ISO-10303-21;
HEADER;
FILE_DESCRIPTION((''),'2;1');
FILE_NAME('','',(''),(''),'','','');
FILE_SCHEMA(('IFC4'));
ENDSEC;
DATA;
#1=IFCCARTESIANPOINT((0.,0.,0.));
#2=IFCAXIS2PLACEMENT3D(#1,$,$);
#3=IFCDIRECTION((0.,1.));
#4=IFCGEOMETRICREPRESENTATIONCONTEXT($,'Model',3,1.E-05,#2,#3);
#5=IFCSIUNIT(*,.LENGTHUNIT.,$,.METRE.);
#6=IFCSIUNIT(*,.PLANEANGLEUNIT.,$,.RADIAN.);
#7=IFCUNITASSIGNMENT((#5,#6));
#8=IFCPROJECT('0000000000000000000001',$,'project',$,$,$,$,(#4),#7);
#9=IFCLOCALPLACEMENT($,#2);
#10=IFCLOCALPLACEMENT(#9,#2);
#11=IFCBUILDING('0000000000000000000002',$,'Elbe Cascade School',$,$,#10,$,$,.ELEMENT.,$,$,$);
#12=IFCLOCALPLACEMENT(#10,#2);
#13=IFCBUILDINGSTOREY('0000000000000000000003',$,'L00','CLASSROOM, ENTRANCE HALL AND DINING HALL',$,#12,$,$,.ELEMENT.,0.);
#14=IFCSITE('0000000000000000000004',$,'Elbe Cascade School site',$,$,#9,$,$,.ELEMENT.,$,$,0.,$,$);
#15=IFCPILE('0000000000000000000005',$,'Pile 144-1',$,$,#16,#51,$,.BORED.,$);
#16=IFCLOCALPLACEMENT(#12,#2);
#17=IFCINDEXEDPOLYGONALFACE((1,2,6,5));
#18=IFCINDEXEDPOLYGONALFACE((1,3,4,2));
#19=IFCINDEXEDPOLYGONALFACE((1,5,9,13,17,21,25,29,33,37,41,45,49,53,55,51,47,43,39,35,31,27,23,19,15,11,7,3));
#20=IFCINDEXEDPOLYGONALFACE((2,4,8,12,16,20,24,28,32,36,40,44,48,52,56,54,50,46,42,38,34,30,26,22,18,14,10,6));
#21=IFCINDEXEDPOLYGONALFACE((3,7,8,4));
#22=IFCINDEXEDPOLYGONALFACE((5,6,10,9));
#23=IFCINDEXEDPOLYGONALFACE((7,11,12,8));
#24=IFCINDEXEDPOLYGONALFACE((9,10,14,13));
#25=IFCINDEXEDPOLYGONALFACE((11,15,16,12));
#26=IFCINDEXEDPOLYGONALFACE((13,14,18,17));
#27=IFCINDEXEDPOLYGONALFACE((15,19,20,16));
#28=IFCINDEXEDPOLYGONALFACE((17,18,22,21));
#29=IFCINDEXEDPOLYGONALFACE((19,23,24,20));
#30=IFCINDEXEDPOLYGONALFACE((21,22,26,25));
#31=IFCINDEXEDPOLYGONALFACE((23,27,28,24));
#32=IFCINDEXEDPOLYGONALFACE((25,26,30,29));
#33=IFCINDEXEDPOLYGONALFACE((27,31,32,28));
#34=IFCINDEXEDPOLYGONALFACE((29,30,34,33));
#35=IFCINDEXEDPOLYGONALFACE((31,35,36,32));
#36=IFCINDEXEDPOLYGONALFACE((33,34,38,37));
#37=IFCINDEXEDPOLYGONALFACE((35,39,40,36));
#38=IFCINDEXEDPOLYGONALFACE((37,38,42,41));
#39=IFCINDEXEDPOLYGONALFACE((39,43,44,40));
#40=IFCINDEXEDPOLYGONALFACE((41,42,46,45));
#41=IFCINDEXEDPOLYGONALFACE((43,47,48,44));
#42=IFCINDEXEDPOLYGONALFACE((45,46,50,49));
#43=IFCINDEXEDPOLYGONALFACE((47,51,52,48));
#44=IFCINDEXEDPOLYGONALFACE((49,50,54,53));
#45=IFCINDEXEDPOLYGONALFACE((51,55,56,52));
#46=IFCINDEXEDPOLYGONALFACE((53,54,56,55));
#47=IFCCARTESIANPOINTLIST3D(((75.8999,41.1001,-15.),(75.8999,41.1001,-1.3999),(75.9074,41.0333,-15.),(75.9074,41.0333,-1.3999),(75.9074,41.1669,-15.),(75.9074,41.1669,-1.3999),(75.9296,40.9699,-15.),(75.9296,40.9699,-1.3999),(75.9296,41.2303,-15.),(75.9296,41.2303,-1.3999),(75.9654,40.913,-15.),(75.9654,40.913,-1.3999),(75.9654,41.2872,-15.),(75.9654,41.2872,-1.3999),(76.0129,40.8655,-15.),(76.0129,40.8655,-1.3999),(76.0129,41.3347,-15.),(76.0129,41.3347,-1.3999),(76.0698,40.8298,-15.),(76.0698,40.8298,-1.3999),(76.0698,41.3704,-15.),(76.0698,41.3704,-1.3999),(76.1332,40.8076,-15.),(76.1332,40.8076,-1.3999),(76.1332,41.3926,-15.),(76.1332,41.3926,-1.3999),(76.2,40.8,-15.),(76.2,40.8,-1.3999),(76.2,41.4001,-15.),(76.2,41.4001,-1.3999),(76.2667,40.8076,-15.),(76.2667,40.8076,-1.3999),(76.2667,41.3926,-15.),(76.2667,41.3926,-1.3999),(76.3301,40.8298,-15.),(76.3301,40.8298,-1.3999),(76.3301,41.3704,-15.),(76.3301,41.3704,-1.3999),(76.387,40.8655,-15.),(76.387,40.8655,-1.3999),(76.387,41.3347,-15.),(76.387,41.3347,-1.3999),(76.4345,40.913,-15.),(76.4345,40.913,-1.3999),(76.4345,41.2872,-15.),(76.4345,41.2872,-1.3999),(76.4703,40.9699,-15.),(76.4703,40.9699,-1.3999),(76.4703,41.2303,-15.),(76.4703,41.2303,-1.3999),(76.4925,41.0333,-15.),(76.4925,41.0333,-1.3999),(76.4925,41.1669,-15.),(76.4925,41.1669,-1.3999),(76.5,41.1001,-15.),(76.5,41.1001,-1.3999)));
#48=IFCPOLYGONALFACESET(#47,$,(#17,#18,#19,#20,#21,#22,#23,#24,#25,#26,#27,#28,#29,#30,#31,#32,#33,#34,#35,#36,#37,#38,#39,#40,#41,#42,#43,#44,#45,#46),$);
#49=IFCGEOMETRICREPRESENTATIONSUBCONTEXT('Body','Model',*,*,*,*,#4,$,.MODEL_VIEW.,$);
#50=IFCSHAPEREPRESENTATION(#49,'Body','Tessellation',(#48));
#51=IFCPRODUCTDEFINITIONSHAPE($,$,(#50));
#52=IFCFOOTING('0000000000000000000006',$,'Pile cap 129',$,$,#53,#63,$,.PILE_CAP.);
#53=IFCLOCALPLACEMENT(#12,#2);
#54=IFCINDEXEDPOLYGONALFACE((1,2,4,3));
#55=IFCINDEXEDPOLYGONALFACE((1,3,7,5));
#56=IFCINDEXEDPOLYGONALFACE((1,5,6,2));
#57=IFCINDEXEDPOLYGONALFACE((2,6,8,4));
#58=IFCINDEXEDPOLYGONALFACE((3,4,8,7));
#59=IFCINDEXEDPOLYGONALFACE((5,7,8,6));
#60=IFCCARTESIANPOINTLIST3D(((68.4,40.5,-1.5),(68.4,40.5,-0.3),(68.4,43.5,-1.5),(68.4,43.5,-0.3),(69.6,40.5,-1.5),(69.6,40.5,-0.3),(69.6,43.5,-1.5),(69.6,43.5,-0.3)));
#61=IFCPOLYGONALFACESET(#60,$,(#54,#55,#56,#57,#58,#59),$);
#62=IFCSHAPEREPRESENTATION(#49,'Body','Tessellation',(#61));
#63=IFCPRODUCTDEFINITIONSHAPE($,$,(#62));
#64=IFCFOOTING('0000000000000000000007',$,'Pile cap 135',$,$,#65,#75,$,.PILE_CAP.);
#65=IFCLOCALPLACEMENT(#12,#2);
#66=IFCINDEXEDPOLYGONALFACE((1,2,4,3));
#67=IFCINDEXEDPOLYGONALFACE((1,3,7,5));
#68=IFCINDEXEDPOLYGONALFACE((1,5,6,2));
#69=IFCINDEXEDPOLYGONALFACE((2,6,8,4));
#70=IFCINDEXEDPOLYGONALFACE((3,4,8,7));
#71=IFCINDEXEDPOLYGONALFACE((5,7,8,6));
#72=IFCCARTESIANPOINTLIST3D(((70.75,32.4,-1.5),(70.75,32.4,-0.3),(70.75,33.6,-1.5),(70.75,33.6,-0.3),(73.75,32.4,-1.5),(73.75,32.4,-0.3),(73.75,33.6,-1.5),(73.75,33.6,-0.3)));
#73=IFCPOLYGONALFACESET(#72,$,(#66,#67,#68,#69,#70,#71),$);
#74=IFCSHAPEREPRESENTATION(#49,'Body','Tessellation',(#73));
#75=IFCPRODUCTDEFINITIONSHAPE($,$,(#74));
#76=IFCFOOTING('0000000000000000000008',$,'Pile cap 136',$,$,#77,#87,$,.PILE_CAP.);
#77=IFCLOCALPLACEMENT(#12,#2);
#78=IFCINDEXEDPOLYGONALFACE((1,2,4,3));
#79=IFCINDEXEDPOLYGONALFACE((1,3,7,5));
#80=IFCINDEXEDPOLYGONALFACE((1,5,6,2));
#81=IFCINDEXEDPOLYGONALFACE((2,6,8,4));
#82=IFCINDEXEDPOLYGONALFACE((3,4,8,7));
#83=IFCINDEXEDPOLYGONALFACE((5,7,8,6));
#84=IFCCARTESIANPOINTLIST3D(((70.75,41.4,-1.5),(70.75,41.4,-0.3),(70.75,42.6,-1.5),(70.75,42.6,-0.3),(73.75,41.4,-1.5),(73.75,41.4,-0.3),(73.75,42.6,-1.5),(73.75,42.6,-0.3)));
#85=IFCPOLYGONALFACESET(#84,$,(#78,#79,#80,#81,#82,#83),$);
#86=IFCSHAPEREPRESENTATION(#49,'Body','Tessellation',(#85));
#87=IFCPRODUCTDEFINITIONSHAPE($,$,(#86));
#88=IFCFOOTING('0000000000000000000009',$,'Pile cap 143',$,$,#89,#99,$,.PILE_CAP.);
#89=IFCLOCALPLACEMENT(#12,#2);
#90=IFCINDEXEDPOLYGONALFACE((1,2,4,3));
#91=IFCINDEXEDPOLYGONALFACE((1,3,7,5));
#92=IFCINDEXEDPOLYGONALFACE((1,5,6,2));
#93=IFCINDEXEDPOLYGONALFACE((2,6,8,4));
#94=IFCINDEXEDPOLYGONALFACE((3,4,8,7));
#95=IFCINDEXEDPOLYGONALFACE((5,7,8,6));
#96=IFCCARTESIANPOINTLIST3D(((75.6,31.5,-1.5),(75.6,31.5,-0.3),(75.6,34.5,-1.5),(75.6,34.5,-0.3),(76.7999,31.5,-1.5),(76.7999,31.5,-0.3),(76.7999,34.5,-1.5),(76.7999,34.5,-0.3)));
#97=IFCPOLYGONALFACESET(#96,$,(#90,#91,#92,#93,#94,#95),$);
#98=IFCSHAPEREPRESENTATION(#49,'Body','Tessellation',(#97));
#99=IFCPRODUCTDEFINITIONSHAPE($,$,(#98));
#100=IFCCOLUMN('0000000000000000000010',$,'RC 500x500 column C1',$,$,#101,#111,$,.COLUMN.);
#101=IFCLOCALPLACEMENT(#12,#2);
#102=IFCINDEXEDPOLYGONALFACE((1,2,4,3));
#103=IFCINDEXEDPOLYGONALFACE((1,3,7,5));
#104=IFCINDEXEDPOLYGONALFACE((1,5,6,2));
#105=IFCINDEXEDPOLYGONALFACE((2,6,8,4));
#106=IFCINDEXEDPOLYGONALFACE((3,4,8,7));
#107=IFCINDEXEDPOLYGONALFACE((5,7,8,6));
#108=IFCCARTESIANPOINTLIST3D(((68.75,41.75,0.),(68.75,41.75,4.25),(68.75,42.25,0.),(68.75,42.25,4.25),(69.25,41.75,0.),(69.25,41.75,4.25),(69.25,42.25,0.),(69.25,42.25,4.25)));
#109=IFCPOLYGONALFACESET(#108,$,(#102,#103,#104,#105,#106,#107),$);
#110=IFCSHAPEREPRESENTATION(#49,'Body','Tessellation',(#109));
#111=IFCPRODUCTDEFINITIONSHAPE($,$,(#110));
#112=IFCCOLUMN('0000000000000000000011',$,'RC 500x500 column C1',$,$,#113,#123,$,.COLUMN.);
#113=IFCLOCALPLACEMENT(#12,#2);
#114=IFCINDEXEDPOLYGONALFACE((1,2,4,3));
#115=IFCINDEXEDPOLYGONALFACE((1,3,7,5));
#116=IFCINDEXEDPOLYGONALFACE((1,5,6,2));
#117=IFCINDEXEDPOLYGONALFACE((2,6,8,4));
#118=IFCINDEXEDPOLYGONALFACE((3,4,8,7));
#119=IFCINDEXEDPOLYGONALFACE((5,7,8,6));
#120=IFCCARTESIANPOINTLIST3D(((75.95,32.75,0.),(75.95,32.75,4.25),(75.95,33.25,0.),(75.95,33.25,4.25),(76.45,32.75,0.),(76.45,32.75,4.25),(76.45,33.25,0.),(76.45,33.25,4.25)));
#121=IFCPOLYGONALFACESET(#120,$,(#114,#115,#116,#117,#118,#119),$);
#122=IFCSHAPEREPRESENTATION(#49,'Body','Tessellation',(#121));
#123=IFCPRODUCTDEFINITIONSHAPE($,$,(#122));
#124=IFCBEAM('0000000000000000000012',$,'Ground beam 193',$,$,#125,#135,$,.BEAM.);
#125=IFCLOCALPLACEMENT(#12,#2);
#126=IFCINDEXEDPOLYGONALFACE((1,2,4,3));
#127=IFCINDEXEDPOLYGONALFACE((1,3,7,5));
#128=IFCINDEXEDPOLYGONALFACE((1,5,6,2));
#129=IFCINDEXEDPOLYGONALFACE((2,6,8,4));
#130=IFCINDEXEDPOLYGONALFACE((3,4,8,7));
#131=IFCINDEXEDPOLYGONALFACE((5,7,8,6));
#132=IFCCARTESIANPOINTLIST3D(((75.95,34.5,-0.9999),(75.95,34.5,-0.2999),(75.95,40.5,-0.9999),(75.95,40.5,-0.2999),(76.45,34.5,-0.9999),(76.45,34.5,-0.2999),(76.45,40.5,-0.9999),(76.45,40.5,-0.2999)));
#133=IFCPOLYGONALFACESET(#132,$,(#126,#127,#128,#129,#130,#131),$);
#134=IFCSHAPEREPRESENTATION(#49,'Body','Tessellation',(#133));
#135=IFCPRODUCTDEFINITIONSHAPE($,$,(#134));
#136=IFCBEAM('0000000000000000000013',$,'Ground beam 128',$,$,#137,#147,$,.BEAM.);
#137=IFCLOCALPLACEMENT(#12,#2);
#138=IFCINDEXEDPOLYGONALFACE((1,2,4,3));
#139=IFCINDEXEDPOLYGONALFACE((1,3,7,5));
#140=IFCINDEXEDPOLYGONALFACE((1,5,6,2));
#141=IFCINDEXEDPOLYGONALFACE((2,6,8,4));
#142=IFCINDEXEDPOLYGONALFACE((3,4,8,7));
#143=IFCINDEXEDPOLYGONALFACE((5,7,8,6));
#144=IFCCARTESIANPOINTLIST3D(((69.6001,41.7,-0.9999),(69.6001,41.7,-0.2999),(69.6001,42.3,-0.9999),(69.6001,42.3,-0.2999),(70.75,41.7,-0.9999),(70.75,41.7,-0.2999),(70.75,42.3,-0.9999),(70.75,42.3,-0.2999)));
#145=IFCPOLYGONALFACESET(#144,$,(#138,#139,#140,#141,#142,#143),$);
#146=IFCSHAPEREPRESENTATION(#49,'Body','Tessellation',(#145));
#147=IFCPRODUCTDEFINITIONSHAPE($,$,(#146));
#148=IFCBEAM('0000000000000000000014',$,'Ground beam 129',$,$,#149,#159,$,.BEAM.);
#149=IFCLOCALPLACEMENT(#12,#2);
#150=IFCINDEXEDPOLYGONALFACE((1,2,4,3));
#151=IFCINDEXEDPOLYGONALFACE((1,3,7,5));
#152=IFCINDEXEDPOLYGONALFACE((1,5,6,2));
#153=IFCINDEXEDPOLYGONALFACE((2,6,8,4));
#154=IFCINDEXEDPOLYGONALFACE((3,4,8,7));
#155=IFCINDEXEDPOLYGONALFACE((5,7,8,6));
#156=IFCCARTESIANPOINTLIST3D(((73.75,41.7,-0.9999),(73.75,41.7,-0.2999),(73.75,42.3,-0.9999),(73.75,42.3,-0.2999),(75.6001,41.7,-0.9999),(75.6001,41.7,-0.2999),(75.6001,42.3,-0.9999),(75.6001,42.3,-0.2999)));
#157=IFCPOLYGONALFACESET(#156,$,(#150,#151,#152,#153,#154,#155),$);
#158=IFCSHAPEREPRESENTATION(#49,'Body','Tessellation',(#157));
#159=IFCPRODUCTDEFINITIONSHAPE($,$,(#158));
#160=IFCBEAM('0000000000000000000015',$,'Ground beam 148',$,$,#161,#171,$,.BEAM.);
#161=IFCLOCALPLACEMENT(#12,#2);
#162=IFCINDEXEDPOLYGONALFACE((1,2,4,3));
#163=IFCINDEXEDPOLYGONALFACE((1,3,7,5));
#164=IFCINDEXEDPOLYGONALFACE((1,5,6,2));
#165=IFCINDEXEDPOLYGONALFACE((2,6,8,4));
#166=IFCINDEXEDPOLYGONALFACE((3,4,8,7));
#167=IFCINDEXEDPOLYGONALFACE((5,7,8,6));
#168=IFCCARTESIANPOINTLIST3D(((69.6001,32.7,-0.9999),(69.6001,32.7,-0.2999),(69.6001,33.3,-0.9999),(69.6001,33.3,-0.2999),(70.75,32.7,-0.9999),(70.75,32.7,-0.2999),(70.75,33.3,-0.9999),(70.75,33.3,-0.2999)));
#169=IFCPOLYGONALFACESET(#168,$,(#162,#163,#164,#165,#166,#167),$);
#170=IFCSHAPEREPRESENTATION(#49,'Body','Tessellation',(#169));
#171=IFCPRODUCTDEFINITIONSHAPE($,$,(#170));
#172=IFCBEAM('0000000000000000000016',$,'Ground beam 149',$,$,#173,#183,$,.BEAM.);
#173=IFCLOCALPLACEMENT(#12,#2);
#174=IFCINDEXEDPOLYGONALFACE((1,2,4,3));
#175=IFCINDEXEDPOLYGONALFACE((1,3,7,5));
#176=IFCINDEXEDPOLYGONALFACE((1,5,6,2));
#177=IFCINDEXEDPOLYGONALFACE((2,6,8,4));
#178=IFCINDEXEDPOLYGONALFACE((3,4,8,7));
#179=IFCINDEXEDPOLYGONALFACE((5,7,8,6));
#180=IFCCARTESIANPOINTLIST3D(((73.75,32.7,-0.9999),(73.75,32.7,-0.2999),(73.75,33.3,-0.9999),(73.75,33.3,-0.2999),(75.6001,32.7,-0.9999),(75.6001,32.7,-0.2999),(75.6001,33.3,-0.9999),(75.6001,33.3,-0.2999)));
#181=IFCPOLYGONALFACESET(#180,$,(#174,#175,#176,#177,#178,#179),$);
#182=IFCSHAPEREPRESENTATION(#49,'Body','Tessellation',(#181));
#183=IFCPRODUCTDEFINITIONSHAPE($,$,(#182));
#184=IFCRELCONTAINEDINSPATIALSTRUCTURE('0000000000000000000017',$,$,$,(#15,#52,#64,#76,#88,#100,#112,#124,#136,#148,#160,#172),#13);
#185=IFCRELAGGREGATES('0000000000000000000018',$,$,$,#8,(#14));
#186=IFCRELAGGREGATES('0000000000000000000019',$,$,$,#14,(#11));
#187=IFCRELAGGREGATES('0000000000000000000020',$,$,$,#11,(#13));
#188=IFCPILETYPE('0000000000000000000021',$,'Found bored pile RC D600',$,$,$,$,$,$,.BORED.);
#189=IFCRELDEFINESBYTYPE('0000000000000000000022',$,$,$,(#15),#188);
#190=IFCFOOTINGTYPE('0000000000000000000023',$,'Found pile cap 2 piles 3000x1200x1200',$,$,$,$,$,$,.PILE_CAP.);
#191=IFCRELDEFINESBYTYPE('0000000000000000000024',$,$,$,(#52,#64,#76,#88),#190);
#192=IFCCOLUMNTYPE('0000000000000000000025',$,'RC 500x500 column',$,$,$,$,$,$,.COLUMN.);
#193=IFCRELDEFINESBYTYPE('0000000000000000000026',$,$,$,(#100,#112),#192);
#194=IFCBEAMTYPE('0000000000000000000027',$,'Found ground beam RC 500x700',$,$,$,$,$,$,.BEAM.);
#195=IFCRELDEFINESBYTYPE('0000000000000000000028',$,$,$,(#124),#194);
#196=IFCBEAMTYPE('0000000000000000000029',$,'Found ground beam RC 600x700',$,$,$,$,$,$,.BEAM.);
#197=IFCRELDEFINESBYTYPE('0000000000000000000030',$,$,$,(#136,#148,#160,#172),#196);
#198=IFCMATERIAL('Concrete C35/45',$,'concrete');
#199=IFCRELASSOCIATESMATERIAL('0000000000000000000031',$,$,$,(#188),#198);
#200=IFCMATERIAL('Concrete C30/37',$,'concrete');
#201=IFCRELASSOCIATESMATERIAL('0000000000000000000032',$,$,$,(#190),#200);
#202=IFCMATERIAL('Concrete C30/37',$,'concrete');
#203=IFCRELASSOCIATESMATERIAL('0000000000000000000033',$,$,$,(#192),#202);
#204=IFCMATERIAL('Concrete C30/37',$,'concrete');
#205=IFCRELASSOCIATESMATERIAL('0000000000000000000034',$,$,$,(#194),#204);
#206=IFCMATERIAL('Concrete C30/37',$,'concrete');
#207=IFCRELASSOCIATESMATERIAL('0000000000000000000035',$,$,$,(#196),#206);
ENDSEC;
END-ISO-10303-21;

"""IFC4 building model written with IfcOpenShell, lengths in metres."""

from ifc_helpers import new_model, si_unit, direction, frame, origin, origin_2d, place, context, subcontext, project, spatial, rectangle, circle, extrude, material, material_profile, profile_set, type_object, element, save


model = new_model("IFC4")

# Units and contexts
model_context = context("Model", 3, precision=1e-05, world=origin(), true_north=direction((0.0, 1.0)))
body_context = subcontext(model_context, "Body", "Model", "MODEL_VIEW")
ifc_project = project(units=[si_unit("LENGTHUNIT", "METRE"), si_unit("PLANEANGLEUNIT", "RADIAN")], contexts=[model_context])

# Site, building, storey
site_placement = place(None, origin())
site = spatial("IfcSite", under=ifc_project, at=site_placement, Name="Elbe Cascade School site", CompositionType="ELEMENT", RefElevation=0.0)
building_placement = place(site_placement, origin())
building = spatial("IfcBuilding", under=site, at=building_placement, Name="Elbe Cascade School", CompositionType="ELEMENT")
storey_placement = place(building_placement, origin())
storey = spatial("IfcBuildingStorey", under=building, at=storey_placement, Name="L00", Description="CLASSROOM, ENTRANCE HALL AND DINING HALL", CompositionType="ELEMENT", Elevation=0.0)

# Pile
ifc_material_1 = material(Name="Concrete C35/45", Category="concrete")
ifc_material_profile_1 = material_profile(ifc_material_1, circle(Radius=0.3, at=origin_2d()), Name="RC D600")
ifc_profile_set_1 = profile_set([ifc_material_profile_1], Name="Concrete C35/45")
pile_type = type_object("IfcPileType", Name="Found bored pile RC D600", PredefinedType="BORED", material=ifc_profile_set_1)
for number, where, z_axis, x_axis, name in (
    (1, (76.2, 41.1001, -1.3999), (0.0, 0.0, -1.0), (1.0, 0.0, 0.0), "Pile 144-1"),
):
    element("IfcPile", number, at=place(storey_placement, frame(where, z_axis=z_axis, x_axis=x_axis)), inside=storey, type_object=pile_type, Name=name, PredefinedType="BORED", context=body_context, shape_type="SweptSolid", body=[
        extrude(circle(Radius=0.3, at=origin_2d()), origin(), (0.0, 0.0, 1.0), 13.6001),
    ])

# Footings
ifc_material_2 = material(Name="Concrete C30/37", Category="concrete")
footing_type = type_object("IfcFootingType", Name="Found pile cap 2 piles 3000x1200x1200", PredefinedType="PILE_CAP", material=ifc_material_2)
footing_1_placement = place(storey_placement, frame((69.0, 42.0, -1.5), z_axis=(0.0, 0.0, 1.0), x_axis=(1.0, 0.0, 0.0)))
element("IfcFooting", 2, at=footing_1_placement, inside=storey, type_object=footing_type, Name="Pile cap 129", PredefinedType="PILE_CAP", context=body_context, shape_type="SweptSolid", body=[
    extrude(rectangle(XDim=1.2, YDim=3.0, at=origin_2d()), origin(), (0.0, 0.0, 1.0), 1.2),
])
for number, where, z_axis, x_axis, name in (
    (3, (72.25, 33.0, -1.5), (0.0, 0.0, 1.0), (1.0, 0.0, 0.0), "Pile cap 135"),
    (4, (72.25, 42.0, -1.5), (0.0, 0.0, 1.0), (1.0, 0.0, 0.0), "Pile cap 136"),
):
    element("IfcFooting", number, at=place(storey_placement, frame(where, z_axis=z_axis, x_axis=x_axis)), inside=storey, type_object=footing_type, Name=name, PredefinedType="PILE_CAP", context=body_context, shape_type="SweptSolid", body=[
        extrude(rectangle(XDim=3.0, YDim=1.2, at=origin_2d()), origin(), (0.0, 0.0, 1.0), 1.2),
    ])
footing_2_placement = place(storey_placement, frame((76.2, 33.0, -1.5), z_axis=(0.0, 0.0, 1.0), x_axis=(1.0, 0.0, 0.0)))
element("IfcFooting", 5, at=footing_2_placement, inside=storey, type_object=footing_type, Name="Pile cap 143", PredefinedType="PILE_CAP", context=body_context, shape_type="SweptSolid", body=[
    extrude(rectangle(XDim=1.2, YDim=3.0, at=origin_2d()), origin(), (0.0, 0.0, 1.0), 1.2),
])

# Columns
ifc_material_3 = material(Name="Concrete C30/37", Category="concrete")
ifc_material_profile_2 = material_profile(ifc_material_3, rectangle(XDim=0.5, YDim=0.5, at=origin_2d()), Name="RC 500x500")
ifc_profile_set_2 = profile_set([ifc_material_profile_2], Name="Concrete C30/37")
column_type = type_object("IfcColumnType", Name="RC 500x500 column", PredefinedType="COLUMN", material=ifc_profile_set_2)
for number, where, z_axis, x_axis, name in (
    (6, (69.0, 42.0, 0.0), (0.0, 0.0, 1.0), (1.0, 0.0, 0.0), "RC 500x500 column C1"),
    (7, (76.2, 33.0, 0.0), (0.0, 0.0, 1.0), (1.0, 0.0, 0.0), "RC 500x500 column C1"),
):
    element("IfcColumn", number, at=place(storey_placement, frame(where, z_axis=z_axis, x_axis=x_axis)), inside=storey, type_object=column_type, Name=name, PredefinedType="COLUMN", context=body_context, shape_type="SweptSolid", body=[
        extrude(rectangle(XDim=0.5, YDim=0.5, at=origin_2d()), origin(), (0.0, 0.0, 1.0), 4.25),
    ])

# Beams
ifc_material_4 = material(Name="Concrete C30/37", Category="concrete")
ifc_material_profile_3 = material_profile(ifc_material_4, rectangle(XDim=0.5, YDim=0.7, at=origin_2d()), Name="RC 500x700")
ifc_profile_set_3 = profile_set([ifc_material_profile_3], Name="Concrete C30/37")
beam_type_1 = type_object("IfcBeamType", Name="Found ground beam RC 500x700", PredefinedType="BEAM", material=ifc_profile_set_3)
beam_1_placement = place(storey_placement, frame((76.2, 34.5, -0.6499), z_axis=(0.0, 1.0, 0.0), x_axis=(-1.0, 0.0, 0.0)))
element("IfcBeam", 8, at=beam_1_placement, inside=storey, type_object=beam_type_1, Name="Ground beam 193", PredefinedType="BEAM", context=body_context, shape_type="SweptSolid", body=[
    extrude(rectangle(XDim=0.5, YDim=0.7, at=origin_2d()), origin(), (0.0, 0.0, 1.0), 6.0),
])
ifc_material_5 = material(Name="Concrete C30/37", Category="concrete")
ifc_material_profile_4 = material_profile(ifc_material_5, rectangle(XDim=0.6001, YDim=0.7, at=origin_2d()), Name="RC 600x700")
ifc_profile_set_4 = profile_set([ifc_material_profile_4], Name="Concrete C30/37")
beam_type_2 = type_object("IfcBeamType", Name="Found ground beam RC 600x700", PredefinedType="BEAM", material=ifc_profile_set_4)
beam_2_placement = place(storey_placement, frame((69.6001, 42.0, -0.6499), z_axis=(1.0, 0.0, 0.0), x_axis=(0.0, 1.0, 0.0)))
element("IfcBeam", 9, at=beam_2_placement, inside=storey, type_object=beam_type_2, Name="Ground beam 128", PredefinedType="BEAM", context=body_context, shape_type="SweptSolid", body=[
    extrude(rectangle(XDim=0.6001, YDim=0.7, at=origin_2d()), origin(), (0.0, 0.0, 1.0), 1.1499),
])
beam_3_placement = place(storey_placement, frame((73.75, 42.0, -0.6499), z_axis=(1.0, 0.0, 0.0), x_axis=(0.0, 1.0, 0.0)))
element("IfcBeam", 10, at=beam_3_placement, inside=storey, type_object=beam_type_2, Name="Ground beam 129", PredefinedType="BEAM", context=body_context, shape_type="SweptSolid", body=[
    extrude(rectangle(XDim=0.6001, YDim=0.7, at=origin_2d()), origin(), (0.0, 0.0, 1.0), 1.8501),
])
beam_4_placement = place(storey_placement, frame((69.6001, 33.0, -0.6499), z_axis=(1.0, 0.0, 0.0), x_axis=(0.0, 1.0, 0.0)))
element("IfcBeam", 11, at=beam_4_placement, inside=storey, type_object=beam_type_2, Name="Ground beam 148", PredefinedType="BEAM", context=body_context, shape_type="SweptSolid", body=[
    extrude(rectangle(XDim=0.6001, YDim=0.7, at=origin_2d()), origin(), (0.0, 0.0, 1.0), 1.1499),
])
beam_5_placement = place(storey_placement, frame((73.75, 33.0, -0.6499), z_axis=(1.0, 0.0, 0.0), x_axis=(0.0, 1.0, 0.0)))
element("IfcBeam", 12, at=beam_5_placement, inside=storey, type_object=beam_type_2, Name="Ground beam 149", PredefinedType="BEAM", context=body_context, shape_type="SweptSolid", body=[
    extrude(rectangle(XDim=0.6001, YDim=0.7, at=origin_2d()), origin(), (0.0, 0.0, 1.0), 1.8501),
])

save(model, "model.ifc")
